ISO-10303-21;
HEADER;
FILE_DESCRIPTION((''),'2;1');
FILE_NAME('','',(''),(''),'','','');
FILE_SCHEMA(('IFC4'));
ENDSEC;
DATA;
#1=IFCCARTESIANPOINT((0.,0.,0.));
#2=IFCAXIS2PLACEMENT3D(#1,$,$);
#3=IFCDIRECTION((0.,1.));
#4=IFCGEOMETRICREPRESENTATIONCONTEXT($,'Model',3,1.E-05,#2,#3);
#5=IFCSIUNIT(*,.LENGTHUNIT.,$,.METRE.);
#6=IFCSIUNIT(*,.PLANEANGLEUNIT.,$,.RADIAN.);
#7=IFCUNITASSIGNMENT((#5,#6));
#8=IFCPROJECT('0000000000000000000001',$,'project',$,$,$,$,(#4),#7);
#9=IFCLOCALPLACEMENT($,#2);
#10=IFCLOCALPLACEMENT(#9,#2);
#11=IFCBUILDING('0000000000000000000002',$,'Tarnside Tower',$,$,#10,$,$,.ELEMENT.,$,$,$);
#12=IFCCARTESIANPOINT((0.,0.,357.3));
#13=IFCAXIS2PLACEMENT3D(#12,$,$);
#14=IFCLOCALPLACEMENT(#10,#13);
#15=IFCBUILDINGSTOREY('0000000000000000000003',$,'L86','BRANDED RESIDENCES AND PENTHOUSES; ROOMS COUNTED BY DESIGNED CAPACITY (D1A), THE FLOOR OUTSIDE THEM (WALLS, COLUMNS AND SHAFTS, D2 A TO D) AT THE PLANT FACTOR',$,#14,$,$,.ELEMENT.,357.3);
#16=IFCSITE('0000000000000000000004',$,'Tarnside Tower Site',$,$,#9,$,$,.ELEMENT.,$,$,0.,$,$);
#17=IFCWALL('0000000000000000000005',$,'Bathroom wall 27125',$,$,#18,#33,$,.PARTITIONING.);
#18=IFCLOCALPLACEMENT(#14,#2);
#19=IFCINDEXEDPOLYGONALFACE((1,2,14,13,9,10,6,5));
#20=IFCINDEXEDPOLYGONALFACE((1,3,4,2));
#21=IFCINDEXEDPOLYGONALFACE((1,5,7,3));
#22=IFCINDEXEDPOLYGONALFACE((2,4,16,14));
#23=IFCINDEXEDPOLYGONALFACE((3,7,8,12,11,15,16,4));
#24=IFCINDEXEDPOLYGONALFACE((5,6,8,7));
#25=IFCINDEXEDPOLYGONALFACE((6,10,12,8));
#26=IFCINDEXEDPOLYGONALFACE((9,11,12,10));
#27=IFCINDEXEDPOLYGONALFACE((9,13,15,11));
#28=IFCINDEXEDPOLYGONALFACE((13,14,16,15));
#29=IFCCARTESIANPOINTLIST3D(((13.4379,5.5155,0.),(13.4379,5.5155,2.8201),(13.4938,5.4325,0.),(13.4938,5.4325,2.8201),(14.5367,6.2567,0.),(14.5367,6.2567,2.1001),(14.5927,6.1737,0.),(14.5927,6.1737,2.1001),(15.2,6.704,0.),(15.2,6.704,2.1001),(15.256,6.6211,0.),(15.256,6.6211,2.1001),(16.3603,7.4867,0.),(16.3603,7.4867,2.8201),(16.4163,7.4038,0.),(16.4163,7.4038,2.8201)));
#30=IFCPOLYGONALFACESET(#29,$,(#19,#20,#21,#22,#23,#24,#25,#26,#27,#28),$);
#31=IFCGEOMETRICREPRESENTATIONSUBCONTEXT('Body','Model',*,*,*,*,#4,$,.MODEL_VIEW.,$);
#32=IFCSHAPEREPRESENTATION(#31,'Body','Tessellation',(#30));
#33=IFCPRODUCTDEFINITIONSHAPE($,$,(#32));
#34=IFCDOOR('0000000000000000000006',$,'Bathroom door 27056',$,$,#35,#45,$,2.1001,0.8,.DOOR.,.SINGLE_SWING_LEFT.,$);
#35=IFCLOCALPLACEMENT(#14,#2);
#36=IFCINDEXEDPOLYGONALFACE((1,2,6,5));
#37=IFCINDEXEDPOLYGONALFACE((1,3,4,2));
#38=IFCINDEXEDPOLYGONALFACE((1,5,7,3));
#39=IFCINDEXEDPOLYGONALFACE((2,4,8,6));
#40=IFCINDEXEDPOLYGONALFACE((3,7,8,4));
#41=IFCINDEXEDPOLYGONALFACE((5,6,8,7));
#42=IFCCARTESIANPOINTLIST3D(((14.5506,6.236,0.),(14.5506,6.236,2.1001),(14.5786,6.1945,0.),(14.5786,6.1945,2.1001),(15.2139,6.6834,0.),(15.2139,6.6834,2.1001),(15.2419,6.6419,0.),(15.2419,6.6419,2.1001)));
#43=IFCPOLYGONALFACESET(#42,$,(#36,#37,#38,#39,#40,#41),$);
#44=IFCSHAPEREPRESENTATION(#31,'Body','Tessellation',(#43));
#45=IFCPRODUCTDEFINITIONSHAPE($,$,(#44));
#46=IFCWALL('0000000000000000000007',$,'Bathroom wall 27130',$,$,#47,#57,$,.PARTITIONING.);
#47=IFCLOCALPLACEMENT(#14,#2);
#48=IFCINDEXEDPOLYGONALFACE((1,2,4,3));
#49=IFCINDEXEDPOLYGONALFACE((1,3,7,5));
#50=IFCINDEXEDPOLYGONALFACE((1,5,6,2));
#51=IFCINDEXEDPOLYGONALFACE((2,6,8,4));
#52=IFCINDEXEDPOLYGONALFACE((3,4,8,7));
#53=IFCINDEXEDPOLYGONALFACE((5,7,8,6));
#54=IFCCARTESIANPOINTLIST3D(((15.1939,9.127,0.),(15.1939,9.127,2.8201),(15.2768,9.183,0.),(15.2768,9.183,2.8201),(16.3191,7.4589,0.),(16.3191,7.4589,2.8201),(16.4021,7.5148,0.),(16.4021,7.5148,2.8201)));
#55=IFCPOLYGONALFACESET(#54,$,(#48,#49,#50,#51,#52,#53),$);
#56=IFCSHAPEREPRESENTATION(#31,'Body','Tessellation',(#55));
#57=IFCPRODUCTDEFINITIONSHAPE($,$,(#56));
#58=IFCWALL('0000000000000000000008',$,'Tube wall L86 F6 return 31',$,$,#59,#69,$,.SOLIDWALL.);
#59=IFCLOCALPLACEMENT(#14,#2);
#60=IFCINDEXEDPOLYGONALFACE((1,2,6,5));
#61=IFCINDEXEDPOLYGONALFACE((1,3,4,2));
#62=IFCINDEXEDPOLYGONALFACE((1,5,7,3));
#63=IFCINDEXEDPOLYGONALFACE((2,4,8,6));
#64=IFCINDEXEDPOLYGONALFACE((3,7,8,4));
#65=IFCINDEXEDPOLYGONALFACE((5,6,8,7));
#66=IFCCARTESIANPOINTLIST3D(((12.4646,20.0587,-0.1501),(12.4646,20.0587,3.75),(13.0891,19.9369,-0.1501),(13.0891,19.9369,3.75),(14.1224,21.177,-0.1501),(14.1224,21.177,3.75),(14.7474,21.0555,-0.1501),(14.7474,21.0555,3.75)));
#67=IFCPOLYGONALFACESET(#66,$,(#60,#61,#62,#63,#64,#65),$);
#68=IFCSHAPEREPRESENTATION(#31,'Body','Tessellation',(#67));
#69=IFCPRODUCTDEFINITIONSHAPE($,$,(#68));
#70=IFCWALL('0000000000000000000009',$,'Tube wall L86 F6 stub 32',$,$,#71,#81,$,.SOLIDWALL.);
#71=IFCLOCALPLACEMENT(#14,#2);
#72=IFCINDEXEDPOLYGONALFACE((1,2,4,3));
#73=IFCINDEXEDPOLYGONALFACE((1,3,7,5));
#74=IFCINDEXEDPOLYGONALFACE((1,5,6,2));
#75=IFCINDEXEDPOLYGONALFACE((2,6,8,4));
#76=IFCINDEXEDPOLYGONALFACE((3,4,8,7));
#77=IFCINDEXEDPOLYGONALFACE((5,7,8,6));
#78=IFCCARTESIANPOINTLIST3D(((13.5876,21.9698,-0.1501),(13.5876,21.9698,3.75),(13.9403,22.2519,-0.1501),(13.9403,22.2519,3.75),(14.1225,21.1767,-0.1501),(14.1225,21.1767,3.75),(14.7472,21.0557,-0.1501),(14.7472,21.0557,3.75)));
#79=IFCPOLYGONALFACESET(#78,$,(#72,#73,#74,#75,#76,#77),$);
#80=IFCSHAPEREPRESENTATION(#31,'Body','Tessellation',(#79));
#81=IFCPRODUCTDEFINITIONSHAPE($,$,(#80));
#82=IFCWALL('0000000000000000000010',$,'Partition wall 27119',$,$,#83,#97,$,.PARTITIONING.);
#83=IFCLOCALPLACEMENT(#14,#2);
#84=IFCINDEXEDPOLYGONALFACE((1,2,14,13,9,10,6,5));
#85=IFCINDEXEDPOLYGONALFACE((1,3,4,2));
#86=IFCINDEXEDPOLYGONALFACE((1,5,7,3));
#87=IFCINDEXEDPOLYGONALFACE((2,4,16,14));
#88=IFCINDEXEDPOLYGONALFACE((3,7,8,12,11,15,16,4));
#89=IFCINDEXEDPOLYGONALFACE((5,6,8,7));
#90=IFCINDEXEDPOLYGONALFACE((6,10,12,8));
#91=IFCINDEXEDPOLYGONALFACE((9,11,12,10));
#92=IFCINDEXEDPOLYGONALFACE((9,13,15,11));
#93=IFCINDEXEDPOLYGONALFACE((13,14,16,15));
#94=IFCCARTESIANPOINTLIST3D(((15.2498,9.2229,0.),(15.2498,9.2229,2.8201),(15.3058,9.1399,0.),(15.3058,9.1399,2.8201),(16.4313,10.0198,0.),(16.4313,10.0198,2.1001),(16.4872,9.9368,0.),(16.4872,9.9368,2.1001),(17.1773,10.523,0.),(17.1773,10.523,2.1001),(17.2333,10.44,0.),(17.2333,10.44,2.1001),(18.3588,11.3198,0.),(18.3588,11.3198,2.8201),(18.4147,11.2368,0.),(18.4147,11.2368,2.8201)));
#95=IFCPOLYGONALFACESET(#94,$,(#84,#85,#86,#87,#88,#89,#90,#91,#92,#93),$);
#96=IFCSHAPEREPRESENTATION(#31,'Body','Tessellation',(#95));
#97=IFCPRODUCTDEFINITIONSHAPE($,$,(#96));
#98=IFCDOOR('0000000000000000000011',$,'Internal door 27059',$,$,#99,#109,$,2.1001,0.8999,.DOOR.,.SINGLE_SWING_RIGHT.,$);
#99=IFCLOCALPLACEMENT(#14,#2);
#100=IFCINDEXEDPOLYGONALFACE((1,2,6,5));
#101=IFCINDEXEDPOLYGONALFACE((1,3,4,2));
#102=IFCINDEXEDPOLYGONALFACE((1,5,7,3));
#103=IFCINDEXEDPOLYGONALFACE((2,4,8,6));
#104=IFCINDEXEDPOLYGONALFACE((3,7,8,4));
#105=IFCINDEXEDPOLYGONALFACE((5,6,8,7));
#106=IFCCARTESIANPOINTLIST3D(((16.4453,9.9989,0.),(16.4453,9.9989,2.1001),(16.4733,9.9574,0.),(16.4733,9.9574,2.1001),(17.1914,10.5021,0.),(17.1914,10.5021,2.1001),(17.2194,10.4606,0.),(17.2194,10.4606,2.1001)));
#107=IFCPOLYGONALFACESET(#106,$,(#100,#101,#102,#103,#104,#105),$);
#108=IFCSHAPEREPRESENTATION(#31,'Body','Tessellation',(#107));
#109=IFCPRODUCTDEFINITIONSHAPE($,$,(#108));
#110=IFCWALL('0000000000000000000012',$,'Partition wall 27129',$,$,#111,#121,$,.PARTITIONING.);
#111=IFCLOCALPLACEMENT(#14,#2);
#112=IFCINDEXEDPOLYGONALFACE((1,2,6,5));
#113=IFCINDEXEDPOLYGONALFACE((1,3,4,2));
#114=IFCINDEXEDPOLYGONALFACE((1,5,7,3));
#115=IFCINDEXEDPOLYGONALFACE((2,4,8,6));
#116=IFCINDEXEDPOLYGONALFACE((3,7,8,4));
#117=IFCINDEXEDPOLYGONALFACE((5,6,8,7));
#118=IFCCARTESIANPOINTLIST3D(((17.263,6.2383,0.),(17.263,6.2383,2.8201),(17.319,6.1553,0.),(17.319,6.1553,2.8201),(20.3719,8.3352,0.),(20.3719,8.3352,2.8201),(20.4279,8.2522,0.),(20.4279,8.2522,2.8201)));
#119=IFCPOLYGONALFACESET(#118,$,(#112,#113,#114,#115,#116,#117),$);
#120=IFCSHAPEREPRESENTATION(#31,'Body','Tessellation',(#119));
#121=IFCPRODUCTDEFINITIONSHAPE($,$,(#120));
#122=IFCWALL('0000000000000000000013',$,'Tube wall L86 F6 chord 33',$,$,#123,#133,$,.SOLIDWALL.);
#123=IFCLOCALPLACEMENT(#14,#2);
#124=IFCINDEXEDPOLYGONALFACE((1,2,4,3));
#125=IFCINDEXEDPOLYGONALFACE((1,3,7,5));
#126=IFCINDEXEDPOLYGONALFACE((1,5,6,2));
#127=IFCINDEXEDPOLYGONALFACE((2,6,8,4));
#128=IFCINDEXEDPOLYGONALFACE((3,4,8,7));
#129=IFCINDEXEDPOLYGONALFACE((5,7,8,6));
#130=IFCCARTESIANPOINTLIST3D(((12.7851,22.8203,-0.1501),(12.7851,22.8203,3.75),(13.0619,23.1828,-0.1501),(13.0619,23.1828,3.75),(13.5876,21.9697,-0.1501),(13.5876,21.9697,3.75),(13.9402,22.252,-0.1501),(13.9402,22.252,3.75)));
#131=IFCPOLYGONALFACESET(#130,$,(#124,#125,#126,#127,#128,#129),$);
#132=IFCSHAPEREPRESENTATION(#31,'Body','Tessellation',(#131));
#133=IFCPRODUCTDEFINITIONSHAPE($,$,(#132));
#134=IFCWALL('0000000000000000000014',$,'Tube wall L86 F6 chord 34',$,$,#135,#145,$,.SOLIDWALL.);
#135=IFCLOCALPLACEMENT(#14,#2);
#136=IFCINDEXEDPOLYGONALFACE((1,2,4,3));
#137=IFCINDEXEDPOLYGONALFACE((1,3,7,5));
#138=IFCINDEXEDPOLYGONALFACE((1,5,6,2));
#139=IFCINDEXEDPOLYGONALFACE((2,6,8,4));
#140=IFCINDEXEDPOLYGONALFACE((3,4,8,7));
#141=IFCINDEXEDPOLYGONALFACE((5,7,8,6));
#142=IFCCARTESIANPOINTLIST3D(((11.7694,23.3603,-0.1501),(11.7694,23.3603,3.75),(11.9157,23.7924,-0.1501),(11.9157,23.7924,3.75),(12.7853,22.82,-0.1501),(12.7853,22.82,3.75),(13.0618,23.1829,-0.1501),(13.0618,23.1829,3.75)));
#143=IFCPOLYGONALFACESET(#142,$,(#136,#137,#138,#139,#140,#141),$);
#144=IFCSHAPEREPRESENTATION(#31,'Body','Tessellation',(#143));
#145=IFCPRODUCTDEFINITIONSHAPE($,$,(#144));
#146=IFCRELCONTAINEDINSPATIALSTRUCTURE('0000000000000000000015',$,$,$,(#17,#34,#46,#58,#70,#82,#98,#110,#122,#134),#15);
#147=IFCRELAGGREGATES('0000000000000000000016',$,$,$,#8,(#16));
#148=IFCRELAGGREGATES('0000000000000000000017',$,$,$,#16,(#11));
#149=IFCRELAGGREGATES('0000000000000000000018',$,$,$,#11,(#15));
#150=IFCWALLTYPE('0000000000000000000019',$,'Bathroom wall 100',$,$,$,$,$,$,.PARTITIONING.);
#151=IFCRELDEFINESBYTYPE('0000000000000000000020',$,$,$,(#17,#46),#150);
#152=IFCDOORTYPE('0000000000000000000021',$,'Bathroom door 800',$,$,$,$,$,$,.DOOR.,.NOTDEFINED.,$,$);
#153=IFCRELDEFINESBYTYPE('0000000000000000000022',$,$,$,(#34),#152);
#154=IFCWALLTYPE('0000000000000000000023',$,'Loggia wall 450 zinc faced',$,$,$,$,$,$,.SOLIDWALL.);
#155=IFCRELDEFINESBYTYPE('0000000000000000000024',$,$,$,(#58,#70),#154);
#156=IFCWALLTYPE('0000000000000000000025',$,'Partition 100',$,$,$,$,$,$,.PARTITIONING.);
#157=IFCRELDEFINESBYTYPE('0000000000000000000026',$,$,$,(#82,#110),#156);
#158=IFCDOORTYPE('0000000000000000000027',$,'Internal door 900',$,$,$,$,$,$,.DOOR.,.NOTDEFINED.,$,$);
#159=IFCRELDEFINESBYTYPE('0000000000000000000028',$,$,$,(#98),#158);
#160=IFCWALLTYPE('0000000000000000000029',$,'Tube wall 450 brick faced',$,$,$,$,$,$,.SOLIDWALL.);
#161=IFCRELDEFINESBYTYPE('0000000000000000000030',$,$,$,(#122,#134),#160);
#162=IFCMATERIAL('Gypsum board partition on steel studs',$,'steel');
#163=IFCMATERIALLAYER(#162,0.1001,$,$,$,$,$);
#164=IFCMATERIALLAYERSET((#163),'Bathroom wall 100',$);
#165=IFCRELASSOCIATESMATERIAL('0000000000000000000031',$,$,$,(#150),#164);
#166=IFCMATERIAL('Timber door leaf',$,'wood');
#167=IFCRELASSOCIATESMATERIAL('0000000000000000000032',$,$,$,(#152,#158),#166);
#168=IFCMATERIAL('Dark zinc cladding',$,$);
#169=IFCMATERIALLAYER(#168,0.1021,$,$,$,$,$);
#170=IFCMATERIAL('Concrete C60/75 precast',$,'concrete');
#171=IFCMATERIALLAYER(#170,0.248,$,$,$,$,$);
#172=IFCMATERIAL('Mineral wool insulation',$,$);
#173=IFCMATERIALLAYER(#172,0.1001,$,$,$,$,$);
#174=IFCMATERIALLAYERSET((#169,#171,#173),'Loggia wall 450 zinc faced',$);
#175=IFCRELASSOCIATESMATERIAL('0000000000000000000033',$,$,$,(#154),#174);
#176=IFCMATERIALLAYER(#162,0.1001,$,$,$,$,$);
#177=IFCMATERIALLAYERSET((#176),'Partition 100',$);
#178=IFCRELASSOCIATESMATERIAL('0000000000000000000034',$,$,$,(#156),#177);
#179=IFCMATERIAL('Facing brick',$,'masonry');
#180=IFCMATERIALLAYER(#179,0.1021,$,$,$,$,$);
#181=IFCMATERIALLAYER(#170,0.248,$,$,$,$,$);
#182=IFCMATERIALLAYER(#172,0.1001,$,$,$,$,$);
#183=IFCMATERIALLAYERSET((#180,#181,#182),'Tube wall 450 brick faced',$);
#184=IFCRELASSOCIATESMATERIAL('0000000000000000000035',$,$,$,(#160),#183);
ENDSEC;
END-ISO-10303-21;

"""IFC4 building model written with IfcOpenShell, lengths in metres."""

from ifc_helpers import new_model, si_unit, direction, frame, frame_2d, origin, place, context, subcontext, project, spatial, polyline, rectangle, outline, extrude, material, layer, layer_set, type_object, element, fill, save


model = new_model("IFC4")

# Units and contexts
model_context = context("Model", 3, precision=1e-05, world=origin(), true_north=direction((0.0, 1.0)))
body_context = subcontext(model_context, "Body", "Model", "MODEL_VIEW")
ifc_project = project(units=[si_unit("LENGTHUNIT", "METRE"), si_unit("PLANEANGLEUNIT", "RADIAN")], contexts=[model_context])

# Site, building, storey
site_placement = place(None, origin())
site = spatial("IfcSite", under=ifc_project, at=site_placement, Name="Tarnside Tower Site", CompositionType="ELEMENT", RefElevation=0.0)
building_placement = place(site_placement, origin())
building = spatial("IfcBuilding", under=site, at=building_placement, Name="Tarnside Tower", CompositionType="ELEMENT")
storey_placement = place(building_placement, frame((0.0, 0.0, 357.3)))
storey = spatial("IfcBuildingStorey", under=building, at=storey_placement, Name="L86", Description="BRANDED RESIDENCES AND PENTHOUSES; ROOMS COUNTED BY DESIGNED CAPACITY (D1A), THE FLOOR OUTSIDE THEM (WALLS, COLUMNS AND SHAFTS, D2 A TO D) AT THE PLANT FACTOR", CompositionType="ELEMENT", Elevation=357.3)

# Shared definitions
ifc_material_1 = material(Name="Gypsum board partition on steel studs", Category="steel")
ifc_layer_1 = layer(ifc_material_1, 0.1001)
ifc_layer_set_1 = layer_set([ifc_layer_1], Name="Bathroom wall 100")
wall_type_1 = type_object("IfcWallType", Name="Bathroom wall 100", PredefinedType="PARTITIONING", material=ifc_layer_set_1)

# Wall, opening, door
wall_1_placement = place(storey_placement, frame((16.3884, 7.4453, 0.0), z_axis=(0.0, 0.0, 1.0), x_axis=(-0.829033, -0.559199, 0.0)))
wall_1 = element("IfcWall", 1, at=wall_1_placement, inside=storey, type_object=wall_type_1, Name="Bathroom wall 27125", PredefinedType="PARTITIONING", context=body_context, shape_type="SweptSolid", body=[
    extrude(rectangle(XDim=3.5251, YDim=0.1001, at=frame_2d((1.7627, 0.0))), origin(), (0.0, 0.0, 1.0), 2.8201),
])
opening_1_placement = place(wall_1_placement, frame((1.3999, 0.0, 0.0)))
opening_1 = element("IfcOpeningElement", 2, at=opening_1_placement, cuts=wall_1, PredefinedType="OPENING", context=body_context, shape_type="SweptSolid", body=[
    extrude(rectangle(XDim=0.8, YDim=2.1001, at=frame_2d((0.3999, 1.05))), frame((0.0, 0.0601, 0.0), z_axis=(0.0, -1.0, 0.0), x_axis=(1.0, 0.0, 0.0)), (0.0, 0.0, 1.0), 0.1201),
])
ifc_material_2 = material(Name="Timber door leaf", Category="wood")
door_type_1 = type_object("IfcDoorType", Name="Bathroom door 800", OperationType="NOTDEFINED", PredefinedType="DOOR", material=ifc_material_2)
door_1_placement = place(opening_1_placement, origin())
door_1 = element("IfcDoor", 3, at=door_1_placement, inside=storey, type_object=door_type_1, Name="Bathroom door 27056", OperationType="SINGLE_SWING_LEFT", OverallHeight=2.1001, OverallWidth=0.8, PredefinedType="DOOR", context=body_context, shape_type="SweptSolid", body=[
    extrude(rectangle(XDim=0.8, YDim=2.1001, at=frame_2d((0.3999, 1.05))), frame((0.0, 0.0249, 0.0), z_axis=(0.0, -1.0, 0.0), x_axis=(1.0, 0.0, 0.0)), (0.0, 0.0, 1.0), 0.05),
])
fill(opening_1, door_1)

# Walls
wall_2_placement = place(storey_placement, frame((15.2354, 9.155, 0.0), z_axis=(0.0, 0.0, 1.0), x_axis=(0.5592, -0.829033, 0.0)))
element("IfcWall", 4, at=wall_2_placement, inside=storey, type_object=wall_type_1, Name="Bathroom wall 27130", PredefinedType="PARTITIONING", context=body_context, shape_type="SweptSolid", body=[
    extrude(rectangle(XDim=2.0122, YDim=0.1001, at=frame_2d((1.0061, 0.0))), origin(), (0.0, 0.0, 1.0), 2.8201),
])
ifc_material_3 = material(Name="Dark zinc cladding")
ifc_layer_2 = layer(ifc_material_3, 0.1021)
ifc_material_4 = material(Name="Concrete C60/75 precast", Category="concrete")
ifc_layer_3 = layer(ifc_material_4, 0.248)
ifc_material_5 = material(Name="Mineral wool insulation")
ifc_layer_4 = layer(ifc_material_5, 0.1001)
ifc_layer_set_2 = layer_set([ifc_layer_2, ifc_layer_3, ifc_layer_4], Name="Loggia wall 450 zinc faced")
wall_type_2 = type_object("IfcWallType", Name="Loggia wall 450 zinc faced", PredefinedType="SOLIDWALL", material=ifc_layer_set_2)
wall_3_placement = place(storey_placement, frame((12.7769, 19.9978, -0.1501), z_axis=(0.0, 0.0, 1.0), x_axis=(0.829014, 0.559228, 0.0)))
element("IfcWall", 5, at=wall_3_placement, inside=storey, type_object=wall_type_2, Name="Tube wall L86 F6 return 31", PredefinedType="SOLIDWALL", context=body_context, shape_type="SweptSolid", body=[
    extrude(outline(polyline([(0.2249, -0.2251), (2.2251, -0.2251), (1.7749, 0.2251), (-0.2249, 0.2251), (0.2249, -0.2251)])), origin(), (0.0, 0.0, 1.0), 3.9001),
])
wall_4_placement = place(storey_placement, frame((14.4348, 21.1162, -0.1501), z_axis=(0.0, 0.0, 1.0), x_axis=(-0.5592, 0.829033, 0.0)))
element("IfcWall", 6, at=wall_4_placement, inside=storey, type_object=wall_type_2, Name="Tube wall L86 F6 stub 32", PredefinedType="SOLIDWALL", context=body_context, shape_type="SweptSolid", body=[
    extrude(outline(polyline([(-0.2249, -0.2251), (1.218, -0.2251), (1.1814, 0.2251), (0.2249, 0.2251), (-0.2249, -0.2251)])), origin(), (0.0, 0.0, 1.0), 3.9001),
])

# Wall, opening, door
ifc_layer_5 = layer(ifc_material_1, 0.1001)
ifc_layer_set_3 = layer_set([ifc_layer_5], Name="Partition 100")
wall_type_3 = type_object("IfcWallType", Name="Partition 100", PredefinedType="PARTITIONING", material=ifc_layer_set_3)
wall_5_placement = place(storey_placement, frame((15.2778, 9.1814, 0.0), z_axis=(0.0, 0.0, 1.0), x_axis=(0.829043, 0.559184, 0.0)))
wall_5 = element("IfcWall", 7, at=wall_5_placement, inside=storey, type_object=wall_type_3, Name="Partition wall 27119", PredefinedType="PARTITIONING", context=body_context, shape_type="SweptSolid", body=[
    extrude(rectangle(XDim=3.75, YDim=0.1001, at=frame_2d((1.875, 0.0))), origin(), (0.0, 0.0, 1.0), 2.8201),
])
opening_2_placement = place(wall_5_placement, frame((1.425, 0.0, 0.0)))
opening_2 = element("IfcOpeningElement", 8, at=opening_2_placement, cuts=wall_5, PredefinedType="OPENING", context=body_context, shape_type="SweptSolid", body=[
    extrude(rectangle(XDim=0.8999, YDim=2.1001, at=frame_2d((0.45, 1.05))), frame((0.0, 0.0601, 0.0), z_axis=(0.0, -1.0, 0.0), x_axis=(1.0, 0.0, 0.0)), (0.0, 0.0, 1.0), 0.1201),
])
door_type_2 = type_object("IfcDoorType", Name="Internal door 900", OperationType="NOTDEFINED", PredefinedType="DOOR", material=ifc_material_2)
door_2_placement = place(opening_2_placement, origin())
door_2 = element("IfcDoor", 9, at=door_2_placement, inside=storey, type_object=door_type_2, Name="Internal door 27059", OperationType="SINGLE_SWING_RIGHT", OverallHeight=2.1001, OverallWidth=0.8999, PredefinedType="DOOR", context=body_context, shape_type="SweptSolid", body=[
    extrude(rectangle(XDim=0.8999, YDim=2.1001, at=frame_2d((0.45, 1.05))), frame((0.0, 0.0249, 0.0), z_axis=(0.0, -1.0, 0.0), x_axis=(1.0, 0.0, 0.0)), (0.0, 0.0, 1.0), 0.05),
])
fill(opening_2, door_2)

# Walls
wall_6_placement = place(storey_placement, frame((20.3999, 8.2937, 0.0), z_axis=(0.0, 0.0, 1.0), x_axis=(-0.829043, -0.559184, 0.0)))
element("IfcWall", 10, at=wall_6_placement, inside=storey, type_object=wall_type_3, Name="Partition wall 27129", PredefinedType="PARTITIONING", context=body_context, shape_type="SweptSolid", body=[
    extrude(rectangle(XDim=3.75, YDim=0.1001, at=frame_2d((1.875, 0.0))), origin(), (0.0, 0.0, 1.0), 2.8201),
])
ifc_material_6 = material(Name="Facing brick", Category="masonry")
ifc_layer_6 = layer(ifc_material_6, 0.1021)
ifc_layer_7 = layer(ifc_material_4, 0.248)
ifc_layer_8 = layer(ifc_material_5, 0.1001)
ifc_layer_set_4 = layer_set([ifc_layer_6, ifc_layer_7, ifc_layer_8], Name="Tube wall 450 brick faced")
wall_type_4 = type_object("IfcWallType", Name="Tube wall 450 brick faced", PredefinedType="SOLIDWALL", material=ifc_layer_set_4)
wall_7_placement = place(storey_placement, frame((13.7639, 22.1108, -0.1501), z_axis=(0.0, 0.0, 1.0), x_axis=(-0.686272, 0.727345, 0.0)))
element("IfcWall", 11, at=wall_7_placement, inside=storey, type_object=wall_type_4, Name="Tube wall L86 F6 chord 33", PredefinedType="SOLIDWALL", context=body_context, shape_type="SweptSolid", body=[
    extrude(outline(polyline([(-0.0183, -0.2251), (1.2615, -0.2251), (1.1877, 0.2251), (0.0183, 0.2251), (-0.0183, -0.2251)])), origin(), (0.0, 0.0, 1.0), 3.9001),
])
wall_8_placement = place(storey_placement, frame((12.9236, 23.0015, -0.1501), z_axis=(0.0, 0.0, 1.0), x_axis=(-0.882899, 0.469563, 0.0)))
element("IfcWall", 12, at=wall_8_placement, inside=storey, type_object=wall_type_4, Name="Tube wall L86 F6 chord 34", PredefinedType="SOLIDWALL", context=body_context, shape_type="SweptSolid", body=[
    extrude(outline(polyline([(-0.0369, -0.2251), (1.2612, -0.2251), (1.1875, 0.2251), (0.0369, 0.2251), (-0.0369, -0.2251)])), origin(), (0.0, 0.0, 1.0), 3.9001),
])

save(model, "model.ifc")
